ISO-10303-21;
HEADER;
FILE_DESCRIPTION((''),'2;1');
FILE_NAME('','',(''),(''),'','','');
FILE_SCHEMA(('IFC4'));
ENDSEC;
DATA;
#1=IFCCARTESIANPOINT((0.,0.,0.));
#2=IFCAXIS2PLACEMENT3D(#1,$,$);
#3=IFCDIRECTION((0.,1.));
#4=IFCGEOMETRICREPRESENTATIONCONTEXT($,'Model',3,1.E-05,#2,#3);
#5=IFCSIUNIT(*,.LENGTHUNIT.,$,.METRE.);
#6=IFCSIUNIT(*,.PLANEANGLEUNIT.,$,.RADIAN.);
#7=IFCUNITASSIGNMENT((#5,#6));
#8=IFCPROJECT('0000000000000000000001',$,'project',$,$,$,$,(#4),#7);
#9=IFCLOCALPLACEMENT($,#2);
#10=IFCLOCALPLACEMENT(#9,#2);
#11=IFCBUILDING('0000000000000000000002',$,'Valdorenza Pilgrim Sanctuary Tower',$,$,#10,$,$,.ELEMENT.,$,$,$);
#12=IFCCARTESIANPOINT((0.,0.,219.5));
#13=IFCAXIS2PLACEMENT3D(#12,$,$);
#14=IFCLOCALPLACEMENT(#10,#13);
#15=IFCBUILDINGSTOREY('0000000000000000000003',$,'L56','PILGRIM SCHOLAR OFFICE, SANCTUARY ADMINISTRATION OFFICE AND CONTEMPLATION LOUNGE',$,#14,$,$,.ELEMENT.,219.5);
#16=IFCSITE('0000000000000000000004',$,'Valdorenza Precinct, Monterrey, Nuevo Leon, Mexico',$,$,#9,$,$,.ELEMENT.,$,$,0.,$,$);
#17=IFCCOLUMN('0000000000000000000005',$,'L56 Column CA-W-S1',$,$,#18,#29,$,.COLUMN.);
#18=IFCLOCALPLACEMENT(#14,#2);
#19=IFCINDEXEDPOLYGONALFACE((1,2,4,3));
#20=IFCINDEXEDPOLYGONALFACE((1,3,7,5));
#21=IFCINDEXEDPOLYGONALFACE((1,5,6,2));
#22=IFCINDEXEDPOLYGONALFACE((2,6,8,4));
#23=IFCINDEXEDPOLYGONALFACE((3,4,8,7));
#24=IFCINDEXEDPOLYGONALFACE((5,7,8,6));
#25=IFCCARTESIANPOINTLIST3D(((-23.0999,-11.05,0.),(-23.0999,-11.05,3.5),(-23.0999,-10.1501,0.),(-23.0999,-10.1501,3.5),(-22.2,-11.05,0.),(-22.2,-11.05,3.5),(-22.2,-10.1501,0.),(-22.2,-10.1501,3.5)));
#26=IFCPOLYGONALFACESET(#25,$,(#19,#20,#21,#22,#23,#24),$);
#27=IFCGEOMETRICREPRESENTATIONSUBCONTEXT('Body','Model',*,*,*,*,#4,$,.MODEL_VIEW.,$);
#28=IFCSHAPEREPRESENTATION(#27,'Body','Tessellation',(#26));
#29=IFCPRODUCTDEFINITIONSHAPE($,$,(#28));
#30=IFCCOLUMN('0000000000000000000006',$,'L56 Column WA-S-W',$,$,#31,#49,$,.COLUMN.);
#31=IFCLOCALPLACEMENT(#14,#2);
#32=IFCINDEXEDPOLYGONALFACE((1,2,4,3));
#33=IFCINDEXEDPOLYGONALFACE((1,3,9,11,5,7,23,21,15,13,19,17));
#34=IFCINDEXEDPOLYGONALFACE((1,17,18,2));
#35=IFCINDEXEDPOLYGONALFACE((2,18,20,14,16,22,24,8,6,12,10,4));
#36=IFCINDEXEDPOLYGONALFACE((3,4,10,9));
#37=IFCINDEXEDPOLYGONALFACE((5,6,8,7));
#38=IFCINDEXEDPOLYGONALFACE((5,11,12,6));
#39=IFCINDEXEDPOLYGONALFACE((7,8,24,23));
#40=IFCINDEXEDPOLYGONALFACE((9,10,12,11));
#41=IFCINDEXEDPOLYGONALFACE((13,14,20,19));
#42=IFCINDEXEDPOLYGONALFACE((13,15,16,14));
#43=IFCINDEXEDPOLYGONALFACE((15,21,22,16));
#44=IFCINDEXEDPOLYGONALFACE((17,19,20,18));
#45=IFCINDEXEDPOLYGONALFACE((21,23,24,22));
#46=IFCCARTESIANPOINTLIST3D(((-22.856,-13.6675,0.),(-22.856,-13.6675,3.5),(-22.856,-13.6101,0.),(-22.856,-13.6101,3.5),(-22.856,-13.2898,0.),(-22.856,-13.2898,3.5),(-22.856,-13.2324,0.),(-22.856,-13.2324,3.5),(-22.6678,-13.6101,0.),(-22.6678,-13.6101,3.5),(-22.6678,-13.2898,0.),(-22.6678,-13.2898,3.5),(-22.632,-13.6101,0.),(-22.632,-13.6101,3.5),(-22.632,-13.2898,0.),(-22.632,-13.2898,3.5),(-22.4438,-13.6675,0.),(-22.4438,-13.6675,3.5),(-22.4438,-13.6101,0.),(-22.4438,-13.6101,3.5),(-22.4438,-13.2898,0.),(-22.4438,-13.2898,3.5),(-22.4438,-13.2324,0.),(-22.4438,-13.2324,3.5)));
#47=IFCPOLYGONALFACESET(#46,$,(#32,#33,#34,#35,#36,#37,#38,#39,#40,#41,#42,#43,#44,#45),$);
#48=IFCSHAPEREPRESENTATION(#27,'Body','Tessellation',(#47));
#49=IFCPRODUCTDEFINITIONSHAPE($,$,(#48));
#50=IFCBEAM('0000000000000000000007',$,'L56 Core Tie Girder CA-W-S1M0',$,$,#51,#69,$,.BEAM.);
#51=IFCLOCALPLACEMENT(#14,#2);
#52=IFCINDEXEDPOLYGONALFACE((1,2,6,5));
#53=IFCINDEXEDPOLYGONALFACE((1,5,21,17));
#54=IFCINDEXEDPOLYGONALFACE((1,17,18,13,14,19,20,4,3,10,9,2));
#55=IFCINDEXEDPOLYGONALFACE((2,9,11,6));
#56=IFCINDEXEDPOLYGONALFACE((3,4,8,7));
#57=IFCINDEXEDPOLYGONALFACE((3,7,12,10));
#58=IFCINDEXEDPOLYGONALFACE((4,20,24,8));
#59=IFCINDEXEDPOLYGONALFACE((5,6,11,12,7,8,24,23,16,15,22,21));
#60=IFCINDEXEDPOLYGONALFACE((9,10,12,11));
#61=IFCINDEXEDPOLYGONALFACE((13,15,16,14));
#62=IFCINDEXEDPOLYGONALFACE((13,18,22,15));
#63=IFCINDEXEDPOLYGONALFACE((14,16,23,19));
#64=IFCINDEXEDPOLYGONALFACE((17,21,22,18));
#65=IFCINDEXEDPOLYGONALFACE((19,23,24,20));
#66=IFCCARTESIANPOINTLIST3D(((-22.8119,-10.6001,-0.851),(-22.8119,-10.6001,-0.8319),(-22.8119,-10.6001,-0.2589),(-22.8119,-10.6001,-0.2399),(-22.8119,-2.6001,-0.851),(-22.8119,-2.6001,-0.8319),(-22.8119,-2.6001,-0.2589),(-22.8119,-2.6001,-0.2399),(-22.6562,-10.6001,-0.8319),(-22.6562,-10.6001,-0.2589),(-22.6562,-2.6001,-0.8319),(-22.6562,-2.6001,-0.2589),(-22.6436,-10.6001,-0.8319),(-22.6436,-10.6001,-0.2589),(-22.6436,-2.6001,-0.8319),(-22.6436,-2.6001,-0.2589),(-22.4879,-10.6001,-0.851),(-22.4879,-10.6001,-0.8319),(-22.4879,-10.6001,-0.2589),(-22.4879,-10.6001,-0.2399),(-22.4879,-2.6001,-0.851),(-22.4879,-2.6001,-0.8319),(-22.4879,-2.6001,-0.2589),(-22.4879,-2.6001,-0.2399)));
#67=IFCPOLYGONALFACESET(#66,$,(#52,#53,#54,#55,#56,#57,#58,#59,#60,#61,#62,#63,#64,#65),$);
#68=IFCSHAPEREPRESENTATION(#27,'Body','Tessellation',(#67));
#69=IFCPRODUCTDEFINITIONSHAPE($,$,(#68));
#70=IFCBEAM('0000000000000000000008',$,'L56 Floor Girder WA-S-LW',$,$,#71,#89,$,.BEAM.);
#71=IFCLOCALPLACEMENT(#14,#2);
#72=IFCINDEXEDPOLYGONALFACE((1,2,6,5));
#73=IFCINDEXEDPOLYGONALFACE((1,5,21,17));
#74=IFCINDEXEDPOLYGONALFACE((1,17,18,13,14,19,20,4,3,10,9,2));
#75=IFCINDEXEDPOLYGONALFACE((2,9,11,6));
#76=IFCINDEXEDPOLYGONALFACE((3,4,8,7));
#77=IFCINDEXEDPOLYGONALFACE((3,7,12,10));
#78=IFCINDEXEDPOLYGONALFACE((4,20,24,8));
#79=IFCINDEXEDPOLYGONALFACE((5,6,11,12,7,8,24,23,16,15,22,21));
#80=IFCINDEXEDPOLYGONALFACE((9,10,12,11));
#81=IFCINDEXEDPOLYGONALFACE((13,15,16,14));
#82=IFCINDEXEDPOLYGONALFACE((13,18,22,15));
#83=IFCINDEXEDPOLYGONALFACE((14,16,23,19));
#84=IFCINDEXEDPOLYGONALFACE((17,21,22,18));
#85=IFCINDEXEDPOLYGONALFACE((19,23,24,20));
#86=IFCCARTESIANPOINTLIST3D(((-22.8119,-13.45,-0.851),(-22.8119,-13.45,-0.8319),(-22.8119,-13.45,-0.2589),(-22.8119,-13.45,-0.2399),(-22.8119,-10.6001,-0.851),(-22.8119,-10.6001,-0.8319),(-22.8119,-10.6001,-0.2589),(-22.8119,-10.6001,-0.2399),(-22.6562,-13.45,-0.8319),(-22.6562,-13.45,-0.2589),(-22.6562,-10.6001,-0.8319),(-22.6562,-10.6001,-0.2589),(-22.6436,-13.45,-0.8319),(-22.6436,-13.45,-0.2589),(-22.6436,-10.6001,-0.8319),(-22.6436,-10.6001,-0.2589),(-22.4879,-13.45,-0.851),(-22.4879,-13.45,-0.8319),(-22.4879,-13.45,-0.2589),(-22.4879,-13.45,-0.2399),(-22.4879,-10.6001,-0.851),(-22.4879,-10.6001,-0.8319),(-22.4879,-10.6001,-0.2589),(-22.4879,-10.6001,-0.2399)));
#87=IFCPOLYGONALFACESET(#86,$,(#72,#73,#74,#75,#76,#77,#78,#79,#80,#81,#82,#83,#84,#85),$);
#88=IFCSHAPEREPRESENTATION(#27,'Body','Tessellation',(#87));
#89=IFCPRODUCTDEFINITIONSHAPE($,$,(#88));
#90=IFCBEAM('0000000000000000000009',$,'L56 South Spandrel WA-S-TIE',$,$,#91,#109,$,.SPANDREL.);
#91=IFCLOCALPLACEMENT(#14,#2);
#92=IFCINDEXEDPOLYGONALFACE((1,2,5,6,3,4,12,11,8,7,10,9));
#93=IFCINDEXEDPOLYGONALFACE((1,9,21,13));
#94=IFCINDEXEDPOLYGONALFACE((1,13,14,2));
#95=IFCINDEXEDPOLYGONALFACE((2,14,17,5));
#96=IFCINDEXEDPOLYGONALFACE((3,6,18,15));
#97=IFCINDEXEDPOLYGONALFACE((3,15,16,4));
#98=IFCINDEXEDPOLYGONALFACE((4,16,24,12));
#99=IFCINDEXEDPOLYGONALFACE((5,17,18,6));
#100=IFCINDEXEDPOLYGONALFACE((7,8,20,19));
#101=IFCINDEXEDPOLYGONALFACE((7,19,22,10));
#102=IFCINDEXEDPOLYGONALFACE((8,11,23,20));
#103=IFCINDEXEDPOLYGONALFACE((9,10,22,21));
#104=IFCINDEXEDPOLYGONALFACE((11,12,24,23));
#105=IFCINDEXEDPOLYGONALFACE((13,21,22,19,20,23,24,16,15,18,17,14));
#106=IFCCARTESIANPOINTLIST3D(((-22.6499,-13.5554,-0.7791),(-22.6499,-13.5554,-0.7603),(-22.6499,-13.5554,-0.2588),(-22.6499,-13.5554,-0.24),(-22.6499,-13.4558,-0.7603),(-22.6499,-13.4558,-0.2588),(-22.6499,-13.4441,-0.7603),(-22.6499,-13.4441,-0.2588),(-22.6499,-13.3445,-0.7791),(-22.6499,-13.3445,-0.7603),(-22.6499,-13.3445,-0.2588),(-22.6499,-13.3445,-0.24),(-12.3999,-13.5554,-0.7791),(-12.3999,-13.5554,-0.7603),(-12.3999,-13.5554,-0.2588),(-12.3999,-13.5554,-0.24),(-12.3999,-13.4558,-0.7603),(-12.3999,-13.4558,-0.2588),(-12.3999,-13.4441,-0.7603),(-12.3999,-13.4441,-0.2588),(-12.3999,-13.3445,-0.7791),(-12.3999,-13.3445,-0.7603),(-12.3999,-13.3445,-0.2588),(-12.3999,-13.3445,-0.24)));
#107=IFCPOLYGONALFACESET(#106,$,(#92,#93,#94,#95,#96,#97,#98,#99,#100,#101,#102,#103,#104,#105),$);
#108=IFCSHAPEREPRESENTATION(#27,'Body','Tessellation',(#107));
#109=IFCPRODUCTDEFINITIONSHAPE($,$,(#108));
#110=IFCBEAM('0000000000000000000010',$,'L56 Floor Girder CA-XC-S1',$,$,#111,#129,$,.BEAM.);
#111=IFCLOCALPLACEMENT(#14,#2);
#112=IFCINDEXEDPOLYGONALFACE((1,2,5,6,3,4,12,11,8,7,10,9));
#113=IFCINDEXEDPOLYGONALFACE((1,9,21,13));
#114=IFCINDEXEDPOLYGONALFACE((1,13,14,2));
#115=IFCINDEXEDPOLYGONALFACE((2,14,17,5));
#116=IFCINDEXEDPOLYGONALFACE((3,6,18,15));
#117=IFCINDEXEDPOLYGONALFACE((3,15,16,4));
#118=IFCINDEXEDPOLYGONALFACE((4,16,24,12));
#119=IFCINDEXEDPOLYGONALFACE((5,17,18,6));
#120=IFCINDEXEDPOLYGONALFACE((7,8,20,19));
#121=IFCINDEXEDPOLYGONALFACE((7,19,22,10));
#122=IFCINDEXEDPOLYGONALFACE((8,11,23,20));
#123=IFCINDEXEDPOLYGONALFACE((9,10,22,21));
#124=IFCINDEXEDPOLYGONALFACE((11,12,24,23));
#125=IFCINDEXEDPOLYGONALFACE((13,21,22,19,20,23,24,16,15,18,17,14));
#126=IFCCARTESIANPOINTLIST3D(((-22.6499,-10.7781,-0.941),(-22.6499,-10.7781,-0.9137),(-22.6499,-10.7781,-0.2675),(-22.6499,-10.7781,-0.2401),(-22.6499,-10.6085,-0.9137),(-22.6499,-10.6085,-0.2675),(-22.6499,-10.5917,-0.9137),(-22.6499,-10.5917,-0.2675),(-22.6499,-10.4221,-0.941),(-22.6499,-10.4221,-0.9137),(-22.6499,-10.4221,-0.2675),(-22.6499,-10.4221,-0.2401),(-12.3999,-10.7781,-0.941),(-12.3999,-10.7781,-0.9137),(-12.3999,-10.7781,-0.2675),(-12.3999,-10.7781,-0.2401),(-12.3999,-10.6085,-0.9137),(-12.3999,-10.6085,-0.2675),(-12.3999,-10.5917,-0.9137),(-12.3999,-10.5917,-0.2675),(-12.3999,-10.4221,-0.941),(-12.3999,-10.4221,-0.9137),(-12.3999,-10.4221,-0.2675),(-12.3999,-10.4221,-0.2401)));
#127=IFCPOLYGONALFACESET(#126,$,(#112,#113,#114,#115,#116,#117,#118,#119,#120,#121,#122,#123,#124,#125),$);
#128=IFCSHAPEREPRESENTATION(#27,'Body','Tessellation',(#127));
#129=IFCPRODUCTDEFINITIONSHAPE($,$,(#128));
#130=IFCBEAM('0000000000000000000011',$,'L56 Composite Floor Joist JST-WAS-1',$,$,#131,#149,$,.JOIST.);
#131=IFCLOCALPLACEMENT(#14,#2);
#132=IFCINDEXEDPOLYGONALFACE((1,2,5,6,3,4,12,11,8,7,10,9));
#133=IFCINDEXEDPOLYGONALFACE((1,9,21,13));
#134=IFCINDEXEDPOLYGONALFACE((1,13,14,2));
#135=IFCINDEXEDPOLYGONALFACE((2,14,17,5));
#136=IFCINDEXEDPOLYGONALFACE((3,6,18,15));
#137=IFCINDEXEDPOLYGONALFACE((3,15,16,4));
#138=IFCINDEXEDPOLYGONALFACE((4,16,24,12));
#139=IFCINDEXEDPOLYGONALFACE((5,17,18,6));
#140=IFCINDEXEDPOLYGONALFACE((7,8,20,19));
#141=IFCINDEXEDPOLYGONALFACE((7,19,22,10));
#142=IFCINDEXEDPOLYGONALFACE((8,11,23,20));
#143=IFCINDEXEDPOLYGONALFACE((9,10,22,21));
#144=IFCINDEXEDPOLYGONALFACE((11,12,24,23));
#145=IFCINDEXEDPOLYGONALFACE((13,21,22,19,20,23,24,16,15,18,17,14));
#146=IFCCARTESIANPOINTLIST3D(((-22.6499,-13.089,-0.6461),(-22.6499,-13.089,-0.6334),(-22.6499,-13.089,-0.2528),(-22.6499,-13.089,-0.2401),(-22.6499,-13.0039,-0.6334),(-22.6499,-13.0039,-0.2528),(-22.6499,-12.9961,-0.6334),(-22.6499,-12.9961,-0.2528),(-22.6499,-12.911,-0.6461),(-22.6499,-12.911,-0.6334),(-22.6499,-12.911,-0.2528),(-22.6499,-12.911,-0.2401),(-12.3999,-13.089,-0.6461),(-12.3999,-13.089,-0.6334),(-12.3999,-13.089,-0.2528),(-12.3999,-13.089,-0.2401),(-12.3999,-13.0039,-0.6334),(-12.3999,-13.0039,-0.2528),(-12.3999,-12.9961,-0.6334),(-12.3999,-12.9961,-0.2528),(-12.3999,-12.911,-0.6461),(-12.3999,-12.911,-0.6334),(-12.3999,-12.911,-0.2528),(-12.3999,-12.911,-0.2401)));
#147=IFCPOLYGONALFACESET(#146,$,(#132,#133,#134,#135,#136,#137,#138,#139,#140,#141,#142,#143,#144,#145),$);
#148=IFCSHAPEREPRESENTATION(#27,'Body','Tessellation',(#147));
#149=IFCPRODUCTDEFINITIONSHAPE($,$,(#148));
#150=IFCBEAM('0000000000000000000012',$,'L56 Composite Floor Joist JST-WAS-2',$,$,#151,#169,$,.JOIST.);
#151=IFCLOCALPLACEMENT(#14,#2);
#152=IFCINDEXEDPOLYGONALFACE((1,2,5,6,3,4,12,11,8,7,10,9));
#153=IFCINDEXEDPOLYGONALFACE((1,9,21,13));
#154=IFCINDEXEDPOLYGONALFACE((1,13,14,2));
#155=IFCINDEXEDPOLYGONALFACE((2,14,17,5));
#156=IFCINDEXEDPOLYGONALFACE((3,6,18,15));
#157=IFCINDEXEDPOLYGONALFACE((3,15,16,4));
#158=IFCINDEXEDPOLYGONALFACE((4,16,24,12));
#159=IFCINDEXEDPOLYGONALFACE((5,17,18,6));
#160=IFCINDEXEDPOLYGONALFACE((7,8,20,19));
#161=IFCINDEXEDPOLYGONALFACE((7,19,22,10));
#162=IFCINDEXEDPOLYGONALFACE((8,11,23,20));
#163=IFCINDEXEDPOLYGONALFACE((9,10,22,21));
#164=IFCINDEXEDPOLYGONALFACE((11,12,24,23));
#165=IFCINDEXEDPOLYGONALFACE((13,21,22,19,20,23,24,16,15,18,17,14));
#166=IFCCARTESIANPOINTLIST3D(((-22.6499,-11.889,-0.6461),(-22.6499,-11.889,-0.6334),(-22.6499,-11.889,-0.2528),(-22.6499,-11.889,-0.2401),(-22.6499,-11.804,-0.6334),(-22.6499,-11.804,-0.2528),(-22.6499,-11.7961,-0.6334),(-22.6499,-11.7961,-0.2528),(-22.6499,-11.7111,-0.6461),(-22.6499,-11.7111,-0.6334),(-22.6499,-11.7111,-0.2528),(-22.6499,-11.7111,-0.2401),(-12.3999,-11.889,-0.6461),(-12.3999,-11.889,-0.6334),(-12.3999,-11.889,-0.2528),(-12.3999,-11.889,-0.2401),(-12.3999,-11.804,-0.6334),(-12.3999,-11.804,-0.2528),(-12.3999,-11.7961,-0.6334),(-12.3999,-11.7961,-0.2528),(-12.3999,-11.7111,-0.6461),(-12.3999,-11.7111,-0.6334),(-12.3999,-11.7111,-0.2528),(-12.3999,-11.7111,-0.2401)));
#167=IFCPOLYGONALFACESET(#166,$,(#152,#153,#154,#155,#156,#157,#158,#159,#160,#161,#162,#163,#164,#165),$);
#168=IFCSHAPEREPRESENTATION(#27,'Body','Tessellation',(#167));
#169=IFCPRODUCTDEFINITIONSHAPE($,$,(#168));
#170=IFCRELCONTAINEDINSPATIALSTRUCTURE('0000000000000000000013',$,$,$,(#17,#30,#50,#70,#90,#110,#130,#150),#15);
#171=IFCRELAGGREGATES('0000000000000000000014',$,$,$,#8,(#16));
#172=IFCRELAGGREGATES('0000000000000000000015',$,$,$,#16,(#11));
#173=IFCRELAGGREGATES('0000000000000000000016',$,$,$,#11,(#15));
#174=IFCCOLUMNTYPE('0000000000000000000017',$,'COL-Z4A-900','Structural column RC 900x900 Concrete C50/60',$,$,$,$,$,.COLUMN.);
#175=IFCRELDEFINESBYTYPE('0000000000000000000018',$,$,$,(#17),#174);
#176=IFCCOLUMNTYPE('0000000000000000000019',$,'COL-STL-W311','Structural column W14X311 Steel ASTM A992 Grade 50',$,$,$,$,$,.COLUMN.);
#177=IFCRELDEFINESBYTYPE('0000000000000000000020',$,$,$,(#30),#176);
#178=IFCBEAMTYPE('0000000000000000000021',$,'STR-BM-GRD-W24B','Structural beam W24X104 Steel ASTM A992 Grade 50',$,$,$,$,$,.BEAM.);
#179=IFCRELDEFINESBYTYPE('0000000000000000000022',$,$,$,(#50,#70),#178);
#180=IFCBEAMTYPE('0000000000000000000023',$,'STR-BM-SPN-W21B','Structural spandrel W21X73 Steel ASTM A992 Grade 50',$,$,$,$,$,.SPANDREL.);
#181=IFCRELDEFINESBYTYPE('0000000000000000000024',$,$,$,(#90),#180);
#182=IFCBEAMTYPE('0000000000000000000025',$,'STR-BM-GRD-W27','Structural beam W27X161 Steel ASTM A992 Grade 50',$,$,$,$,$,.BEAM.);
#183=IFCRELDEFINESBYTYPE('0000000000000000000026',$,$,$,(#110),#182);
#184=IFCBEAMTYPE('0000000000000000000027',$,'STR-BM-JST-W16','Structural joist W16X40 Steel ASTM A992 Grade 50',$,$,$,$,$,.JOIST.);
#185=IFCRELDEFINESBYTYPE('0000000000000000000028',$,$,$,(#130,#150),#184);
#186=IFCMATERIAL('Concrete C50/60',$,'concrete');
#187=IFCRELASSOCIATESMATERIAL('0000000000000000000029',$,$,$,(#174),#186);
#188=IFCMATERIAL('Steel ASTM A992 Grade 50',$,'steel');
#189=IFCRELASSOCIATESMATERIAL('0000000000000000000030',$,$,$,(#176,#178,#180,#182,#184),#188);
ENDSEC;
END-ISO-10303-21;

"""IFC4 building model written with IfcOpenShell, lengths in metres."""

from ifc_helpers import new_model, si_unit, direction, frame, origin, origin_2d, place, context, subcontext, project, spatial, rectangle, i_section, extrude, source, transform, mapped, material, material_profile, profile_set, type_object, element, save


model = new_model("IFC4")

# Units and contexts
model_context = context("Model", 3, precision=1e-05, world=origin(), true_north=direction((0.0, 1.0)))
body_context = subcontext(model_context, "Body", "Model", "MODEL_VIEW")
ifc_project = project(units=[si_unit("LENGTHUNIT", "METRE"), si_unit("PLANEANGLEUNIT", "RADIAN")], contexts=[model_context])

# Site, building, storey
site_placement = place(None, origin())
site = spatial("IfcSite", under=ifc_project, at=site_placement, Name="Valdorenza Precinct, Monterrey, Nuevo Leon, Mexico", CompositionType="ELEMENT", RefElevation=0.0)
building_placement = place(site_placement, origin())
building = spatial("IfcBuilding", under=site, at=building_placement, Name="Valdorenza Pilgrim Sanctuary Tower", CompositionType="ELEMENT")
storey_placement = place(building_placement, frame((0.0, 0.0, 219.5)))
storey = spatial("IfcBuildingStorey", under=building, at=storey_placement, Name="L56", Description="PILGRIM SCHOLAR OFFICE, SANCTUARY ADMINISTRATION OFFICE AND CONTEMPLATION LOUNGE", CompositionType="ELEMENT", Elevation=219.5)

# Columns
ifc_material_1 = material(Name="Concrete C50/60", Category="concrete")
ifc_material_profile_1 = material_profile(ifc_material_1, rectangle(XDim=0.8999, YDim=0.8999, at=origin_2d()), Name="RC 900x900")
ifc_profile_set_1 = profile_set([ifc_material_profile_1], Name="Concrete C50/60")
column_type_1 = type_object("IfcColumnType", Name="COL-Z4A-900", Description="Structural column RC 900x900 Concrete C50/60", PredefinedType="COLUMN", material=ifc_profile_set_1)
shared_shape_1 = source(origin(), body_context, "Body", "SweptSolid", [
    extrude(rectangle(XDim=0.8999, YDim=0.8999, at=origin_2d()), origin(), (0.0, 0.0, 1.0), 3.5),
])
column_1_placement = place(storey_placement, frame((-22.6499, -10.6001, 0.0), z_axis=(0.0, 0.0, 1.0), x_axis=(1.0, 0.0, 0.0)))
element("IfcColumn", 1, at=column_1_placement, inside=storey, type_object=column_type_1, Name="L56 Column CA-W-S1", PredefinedType="COLUMN", context=body_context, shape_type="MappedRepresentation", body=[
    mapped(shared_shape_1, transform((0.0, 0.0, 0.0), x_axis=(1.0, 0.0, 0.0), y_axis=(0.0, 1.0, 0.0), z_axis=(0.0, 0.0, 1.0), scale=1.0)),
])
ifc_material_2 = material(Name="Steel ASTM A992 Grade 50", Category="steel")
ifc_material_profile_2 = material_profile(ifc_material_2, i_section(OverallWidth=0.4121, OverallDepth=0.4351, WebThickness=0.0359, FlangeThickness=0.0574, at=origin_2d()), Name="W14X311")
ifc_profile_set_2 = profile_set([ifc_material_profile_2], Name="Steel ASTM A992 Grade 50")
column_type_2 = type_object("IfcColumnType", Name="COL-STL-W311", Description="Structural column W14X311 Steel ASTM A992 Grade 50", PredefinedType="COLUMN", material=ifc_profile_set_2)
shared_shape_2 = source(origin(), body_context, "Body", "SweptSolid", [
    extrude(i_section(OverallWidth=0.4121, OverallDepth=0.4351, WebThickness=0.0359, FlangeThickness=0.0574, at=origin_2d()), origin(), (0.0, 0.0, 1.0), 3.5),
])
column_2_placement = place(storey_placement, frame((-22.6499, -13.45, 0.0), z_axis=(0.0, 0.0, 1.0), x_axis=(1.0, 0.0, 0.0)))
element("IfcColumn", 2, at=column_2_placement, inside=storey, type_object=column_type_2, Name="L56 Column WA-S-W", PredefinedType="COLUMN", context=body_context, shape_type="MappedRepresentation", body=[
    mapped(shared_shape_2, transform((0.0, 0.0, 0.0), x_axis=(1.0, 0.0, 0.0), y_axis=(0.0, 1.0, 0.0), z_axis=(0.0, 0.0, 1.0), scale=1.0)),
])

# Beams
ifc_material_profile_3 = material_profile(ifc_material_2, i_section(OverallWidth=0.324, OverallDepth=0.6111, WebThickness=0.0127, FlangeThickness=0.019, at=origin_2d()), Name="W24X104")
ifc_profile_set_3 = profile_set([ifc_material_profile_3], Name="Steel ASTM A992 Grade 50")
beam_type_1 = type_object("IfcBeamType", Name="STR-BM-GRD-W24B", Description="Structural beam W24X104 Steel ASTM A992 Grade 50", PredefinedType="BEAM", material=ifc_profile_set_3)
shared_shape_3 = source(origin(), body_context, "Body", "SweptSolid", [
    extrude(i_section(OverallWidth=0.324, OverallDepth=0.6111, WebThickness=0.0127, FlangeThickness=0.019, at=origin_2d()), origin(), (0.0, 0.0, 1.0), 8.0),
])
beam_1_placement = place(storey_placement, frame((-22.6499, -10.6001, -0.5454), z_axis=(0.0, 1.0, 0.0), x_axis=(-1.0, 0.0, 0.0)))
element("IfcBeam", 3, at=beam_1_placement, inside=storey, type_object=beam_type_1, Name="L56 Core Tie Girder CA-W-S1M0", PredefinedType="BEAM", context=body_context, shape_type="MappedRepresentation", body=[
    mapped(shared_shape_3, transform((0.0, 0.0, 0.0), x_axis=(1.0, 0.0, 0.0), y_axis=(0.0, 1.0, 0.0), z_axis=(0.0, 0.0, 1.0), scale=1.0)),
])
shared_shape_4 = source(origin(), body_context, "Body", "SweptSolid", [
    extrude(i_section(OverallWidth=0.324, OverallDepth=0.6111, WebThickness=0.0127, FlangeThickness=0.019, at=origin_2d()), origin(), (0.0, 0.0, 1.0), 2.8499),
])
beam_2_placement = place(storey_placement, frame((-22.6499, -13.45, -0.5454), z_axis=(0.0, 1.0, 0.0), x_axis=(-1.0, 0.0, 0.0)))
element("IfcBeam", 4, at=beam_2_placement, inside=storey, type_object=beam_type_1, Name="L56 Floor Girder WA-S-LW", PredefinedType="BEAM", context=body_context, shape_type="MappedRepresentation", body=[
    mapped(shared_shape_4, transform((0.0, 0.0, 0.0), x_axis=(1.0, 0.0, 0.0), y_axis=(0.0, 1.0, 0.0), z_axis=(0.0, 0.0, 1.0), scale=1.0)),
])
ifc_material_profile_4 = material_profile(ifc_material_2, i_section(OverallWidth=0.2109, OverallDepth=0.5391, WebThickness=0.0117, FlangeThickness=0.0188, at=origin_2d()), Name="W21X73")
ifc_profile_set_4 = profile_set([ifc_material_profile_4], Name="Steel ASTM A992 Grade 50")
beam_type_2 = type_object("IfcBeamType", Name="STR-BM-SPN-W21B", Description="Structural spandrel W21X73 Steel ASTM A992 Grade 50", PredefinedType="SPANDREL", material=ifc_profile_set_4)
shared_shape_5 = source(origin(), body_context, "Body", "SweptSolid", [
    extrude(i_section(OverallWidth=0.2109, OverallDepth=0.5391, WebThickness=0.0117, FlangeThickness=0.0188, at=origin_2d()), origin(), (0.0, 0.0, 1.0), 10.25),
])
beam_3_placement = place(storey_placement, frame((-22.6499, -13.45, -0.5095), z_axis=(1.0, 0.0, 0.0), x_axis=(0.0, 1.0, 0.0)))
element("IfcBeam", 5, at=beam_3_placement, inside=storey, type_object=beam_type_2, Name="L56 South Spandrel WA-S-TIE", PredefinedType="SPANDREL", context=body_context, shape_type="MappedRepresentation", body=[
    mapped(shared_shape_5, transform((0.0, 0.0, 0.0), x_axis=(1.0, 0.0, 0.0), y_axis=(0.0, 1.0, 0.0), z_axis=(0.0, 0.0, 1.0), scale=1.0)),
])
ifc_material_profile_5 = material_profile(ifc_material_2, i_section(OverallWidth=0.356, OverallDepth=0.7009, WebThickness=0.0168, FlangeThickness=0.0273, at=origin_2d()), Name="W27X161")
ifc_profile_set_5 = profile_set([ifc_material_profile_5], Name="Steel ASTM A992 Grade 50")
beam_type_3 = type_object("IfcBeamType", Name="STR-BM-GRD-W27", Description="Structural beam W27X161 Steel ASTM A992 Grade 50", PredefinedType="BEAM", material=ifc_profile_set_5)
shared_shape_6 = source(origin(), body_context, "Body", "SweptSolid", [
    extrude(i_section(OverallWidth=0.356, OverallDepth=0.7009, WebThickness=0.0168, FlangeThickness=0.0273, at=origin_2d()), origin(), (0.0, 0.0, 1.0), 10.25),
])
beam_4_placement = place(storey_placement, frame((-22.6499, -10.6001, -0.5906), z_axis=(1.0, 0.0, 0.0), x_axis=(0.0, 1.0, 0.0)))
element("IfcBeam", 6, at=beam_4_placement, inside=storey, type_object=beam_type_3, Name="L56 Floor Girder CA-XC-S1", PredefinedType="BEAM", context=body_context, shape_type="MappedRepresentation", body=[
    mapped(shared_shape_6, transform((0.0, 0.0, 0.0), x_axis=(1.0, 0.0, 0.0), y_axis=(0.0, 1.0, 0.0), z_axis=(0.0, 0.0, 1.0), scale=1.0)),
])
ifc_material_profile_6 = material_profile(ifc_material_2, i_section(OverallWidth=0.178, OverallDepth=0.406, WebThickness=0.0078, FlangeThickness=0.0127, at=origin_2d()), Name="W16X40")
ifc_profile_set_6 = profile_set([ifc_material_profile_6], Name="Steel ASTM A992 Grade 50")
beam_type_4 = type_object("IfcBeamType", Name="STR-BM-JST-W16", Description="Structural joist W16X40 Steel ASTM A992 Grade 50", PredefinedType="JOIST", material=ifc_profile_set_6)
shared_shape_7 = source(origin(), body_context, "Body", "SweptSolid", [
    extrude(i_section(OverallWidth=0.178, OverallDepth=0.406, WebThickness=0.0078, FlangeThickness=0.0127, at=origin_2d()), origin(), (0.0, 0.0, 1.0), 10.25),
])
for number, where, z_axis, x_axis, name in (
    (7, (-22.6499, -13.0, -0.4431), (1.0, 0.0, 0.0), (0.0, 1.0, 0.0), "L56 Composite Floor Joist JST-WAS-1"),
    (8, (-22.6499, -11.8, -0.4431), (1.0, 0.0, 0.0), (0.0, 1.0, 0.0), "L56 Composite Floor Joist JST-WAS-2"),
):
    element("IfcBeam", number, at=place(storey_placement, frame(where, z_axis=z_axis, x_axis=x_axis)), inside=storey, type_object=beam_type_4, Name=name, PredefinedType="JOIST", context=body_context, shape_type="MappedRepresentation", body=[
        mapped(shared_shape_7, transform((0.0, 0.0, 0.0), x_axis=(1.0, 0.0, 0.0), y_axis=(0.0, 1.0, 0.0), z_axis=(0.0, 0.0, 1.0), scale=1.0)),
    ])

save(model, "model.ifc")
